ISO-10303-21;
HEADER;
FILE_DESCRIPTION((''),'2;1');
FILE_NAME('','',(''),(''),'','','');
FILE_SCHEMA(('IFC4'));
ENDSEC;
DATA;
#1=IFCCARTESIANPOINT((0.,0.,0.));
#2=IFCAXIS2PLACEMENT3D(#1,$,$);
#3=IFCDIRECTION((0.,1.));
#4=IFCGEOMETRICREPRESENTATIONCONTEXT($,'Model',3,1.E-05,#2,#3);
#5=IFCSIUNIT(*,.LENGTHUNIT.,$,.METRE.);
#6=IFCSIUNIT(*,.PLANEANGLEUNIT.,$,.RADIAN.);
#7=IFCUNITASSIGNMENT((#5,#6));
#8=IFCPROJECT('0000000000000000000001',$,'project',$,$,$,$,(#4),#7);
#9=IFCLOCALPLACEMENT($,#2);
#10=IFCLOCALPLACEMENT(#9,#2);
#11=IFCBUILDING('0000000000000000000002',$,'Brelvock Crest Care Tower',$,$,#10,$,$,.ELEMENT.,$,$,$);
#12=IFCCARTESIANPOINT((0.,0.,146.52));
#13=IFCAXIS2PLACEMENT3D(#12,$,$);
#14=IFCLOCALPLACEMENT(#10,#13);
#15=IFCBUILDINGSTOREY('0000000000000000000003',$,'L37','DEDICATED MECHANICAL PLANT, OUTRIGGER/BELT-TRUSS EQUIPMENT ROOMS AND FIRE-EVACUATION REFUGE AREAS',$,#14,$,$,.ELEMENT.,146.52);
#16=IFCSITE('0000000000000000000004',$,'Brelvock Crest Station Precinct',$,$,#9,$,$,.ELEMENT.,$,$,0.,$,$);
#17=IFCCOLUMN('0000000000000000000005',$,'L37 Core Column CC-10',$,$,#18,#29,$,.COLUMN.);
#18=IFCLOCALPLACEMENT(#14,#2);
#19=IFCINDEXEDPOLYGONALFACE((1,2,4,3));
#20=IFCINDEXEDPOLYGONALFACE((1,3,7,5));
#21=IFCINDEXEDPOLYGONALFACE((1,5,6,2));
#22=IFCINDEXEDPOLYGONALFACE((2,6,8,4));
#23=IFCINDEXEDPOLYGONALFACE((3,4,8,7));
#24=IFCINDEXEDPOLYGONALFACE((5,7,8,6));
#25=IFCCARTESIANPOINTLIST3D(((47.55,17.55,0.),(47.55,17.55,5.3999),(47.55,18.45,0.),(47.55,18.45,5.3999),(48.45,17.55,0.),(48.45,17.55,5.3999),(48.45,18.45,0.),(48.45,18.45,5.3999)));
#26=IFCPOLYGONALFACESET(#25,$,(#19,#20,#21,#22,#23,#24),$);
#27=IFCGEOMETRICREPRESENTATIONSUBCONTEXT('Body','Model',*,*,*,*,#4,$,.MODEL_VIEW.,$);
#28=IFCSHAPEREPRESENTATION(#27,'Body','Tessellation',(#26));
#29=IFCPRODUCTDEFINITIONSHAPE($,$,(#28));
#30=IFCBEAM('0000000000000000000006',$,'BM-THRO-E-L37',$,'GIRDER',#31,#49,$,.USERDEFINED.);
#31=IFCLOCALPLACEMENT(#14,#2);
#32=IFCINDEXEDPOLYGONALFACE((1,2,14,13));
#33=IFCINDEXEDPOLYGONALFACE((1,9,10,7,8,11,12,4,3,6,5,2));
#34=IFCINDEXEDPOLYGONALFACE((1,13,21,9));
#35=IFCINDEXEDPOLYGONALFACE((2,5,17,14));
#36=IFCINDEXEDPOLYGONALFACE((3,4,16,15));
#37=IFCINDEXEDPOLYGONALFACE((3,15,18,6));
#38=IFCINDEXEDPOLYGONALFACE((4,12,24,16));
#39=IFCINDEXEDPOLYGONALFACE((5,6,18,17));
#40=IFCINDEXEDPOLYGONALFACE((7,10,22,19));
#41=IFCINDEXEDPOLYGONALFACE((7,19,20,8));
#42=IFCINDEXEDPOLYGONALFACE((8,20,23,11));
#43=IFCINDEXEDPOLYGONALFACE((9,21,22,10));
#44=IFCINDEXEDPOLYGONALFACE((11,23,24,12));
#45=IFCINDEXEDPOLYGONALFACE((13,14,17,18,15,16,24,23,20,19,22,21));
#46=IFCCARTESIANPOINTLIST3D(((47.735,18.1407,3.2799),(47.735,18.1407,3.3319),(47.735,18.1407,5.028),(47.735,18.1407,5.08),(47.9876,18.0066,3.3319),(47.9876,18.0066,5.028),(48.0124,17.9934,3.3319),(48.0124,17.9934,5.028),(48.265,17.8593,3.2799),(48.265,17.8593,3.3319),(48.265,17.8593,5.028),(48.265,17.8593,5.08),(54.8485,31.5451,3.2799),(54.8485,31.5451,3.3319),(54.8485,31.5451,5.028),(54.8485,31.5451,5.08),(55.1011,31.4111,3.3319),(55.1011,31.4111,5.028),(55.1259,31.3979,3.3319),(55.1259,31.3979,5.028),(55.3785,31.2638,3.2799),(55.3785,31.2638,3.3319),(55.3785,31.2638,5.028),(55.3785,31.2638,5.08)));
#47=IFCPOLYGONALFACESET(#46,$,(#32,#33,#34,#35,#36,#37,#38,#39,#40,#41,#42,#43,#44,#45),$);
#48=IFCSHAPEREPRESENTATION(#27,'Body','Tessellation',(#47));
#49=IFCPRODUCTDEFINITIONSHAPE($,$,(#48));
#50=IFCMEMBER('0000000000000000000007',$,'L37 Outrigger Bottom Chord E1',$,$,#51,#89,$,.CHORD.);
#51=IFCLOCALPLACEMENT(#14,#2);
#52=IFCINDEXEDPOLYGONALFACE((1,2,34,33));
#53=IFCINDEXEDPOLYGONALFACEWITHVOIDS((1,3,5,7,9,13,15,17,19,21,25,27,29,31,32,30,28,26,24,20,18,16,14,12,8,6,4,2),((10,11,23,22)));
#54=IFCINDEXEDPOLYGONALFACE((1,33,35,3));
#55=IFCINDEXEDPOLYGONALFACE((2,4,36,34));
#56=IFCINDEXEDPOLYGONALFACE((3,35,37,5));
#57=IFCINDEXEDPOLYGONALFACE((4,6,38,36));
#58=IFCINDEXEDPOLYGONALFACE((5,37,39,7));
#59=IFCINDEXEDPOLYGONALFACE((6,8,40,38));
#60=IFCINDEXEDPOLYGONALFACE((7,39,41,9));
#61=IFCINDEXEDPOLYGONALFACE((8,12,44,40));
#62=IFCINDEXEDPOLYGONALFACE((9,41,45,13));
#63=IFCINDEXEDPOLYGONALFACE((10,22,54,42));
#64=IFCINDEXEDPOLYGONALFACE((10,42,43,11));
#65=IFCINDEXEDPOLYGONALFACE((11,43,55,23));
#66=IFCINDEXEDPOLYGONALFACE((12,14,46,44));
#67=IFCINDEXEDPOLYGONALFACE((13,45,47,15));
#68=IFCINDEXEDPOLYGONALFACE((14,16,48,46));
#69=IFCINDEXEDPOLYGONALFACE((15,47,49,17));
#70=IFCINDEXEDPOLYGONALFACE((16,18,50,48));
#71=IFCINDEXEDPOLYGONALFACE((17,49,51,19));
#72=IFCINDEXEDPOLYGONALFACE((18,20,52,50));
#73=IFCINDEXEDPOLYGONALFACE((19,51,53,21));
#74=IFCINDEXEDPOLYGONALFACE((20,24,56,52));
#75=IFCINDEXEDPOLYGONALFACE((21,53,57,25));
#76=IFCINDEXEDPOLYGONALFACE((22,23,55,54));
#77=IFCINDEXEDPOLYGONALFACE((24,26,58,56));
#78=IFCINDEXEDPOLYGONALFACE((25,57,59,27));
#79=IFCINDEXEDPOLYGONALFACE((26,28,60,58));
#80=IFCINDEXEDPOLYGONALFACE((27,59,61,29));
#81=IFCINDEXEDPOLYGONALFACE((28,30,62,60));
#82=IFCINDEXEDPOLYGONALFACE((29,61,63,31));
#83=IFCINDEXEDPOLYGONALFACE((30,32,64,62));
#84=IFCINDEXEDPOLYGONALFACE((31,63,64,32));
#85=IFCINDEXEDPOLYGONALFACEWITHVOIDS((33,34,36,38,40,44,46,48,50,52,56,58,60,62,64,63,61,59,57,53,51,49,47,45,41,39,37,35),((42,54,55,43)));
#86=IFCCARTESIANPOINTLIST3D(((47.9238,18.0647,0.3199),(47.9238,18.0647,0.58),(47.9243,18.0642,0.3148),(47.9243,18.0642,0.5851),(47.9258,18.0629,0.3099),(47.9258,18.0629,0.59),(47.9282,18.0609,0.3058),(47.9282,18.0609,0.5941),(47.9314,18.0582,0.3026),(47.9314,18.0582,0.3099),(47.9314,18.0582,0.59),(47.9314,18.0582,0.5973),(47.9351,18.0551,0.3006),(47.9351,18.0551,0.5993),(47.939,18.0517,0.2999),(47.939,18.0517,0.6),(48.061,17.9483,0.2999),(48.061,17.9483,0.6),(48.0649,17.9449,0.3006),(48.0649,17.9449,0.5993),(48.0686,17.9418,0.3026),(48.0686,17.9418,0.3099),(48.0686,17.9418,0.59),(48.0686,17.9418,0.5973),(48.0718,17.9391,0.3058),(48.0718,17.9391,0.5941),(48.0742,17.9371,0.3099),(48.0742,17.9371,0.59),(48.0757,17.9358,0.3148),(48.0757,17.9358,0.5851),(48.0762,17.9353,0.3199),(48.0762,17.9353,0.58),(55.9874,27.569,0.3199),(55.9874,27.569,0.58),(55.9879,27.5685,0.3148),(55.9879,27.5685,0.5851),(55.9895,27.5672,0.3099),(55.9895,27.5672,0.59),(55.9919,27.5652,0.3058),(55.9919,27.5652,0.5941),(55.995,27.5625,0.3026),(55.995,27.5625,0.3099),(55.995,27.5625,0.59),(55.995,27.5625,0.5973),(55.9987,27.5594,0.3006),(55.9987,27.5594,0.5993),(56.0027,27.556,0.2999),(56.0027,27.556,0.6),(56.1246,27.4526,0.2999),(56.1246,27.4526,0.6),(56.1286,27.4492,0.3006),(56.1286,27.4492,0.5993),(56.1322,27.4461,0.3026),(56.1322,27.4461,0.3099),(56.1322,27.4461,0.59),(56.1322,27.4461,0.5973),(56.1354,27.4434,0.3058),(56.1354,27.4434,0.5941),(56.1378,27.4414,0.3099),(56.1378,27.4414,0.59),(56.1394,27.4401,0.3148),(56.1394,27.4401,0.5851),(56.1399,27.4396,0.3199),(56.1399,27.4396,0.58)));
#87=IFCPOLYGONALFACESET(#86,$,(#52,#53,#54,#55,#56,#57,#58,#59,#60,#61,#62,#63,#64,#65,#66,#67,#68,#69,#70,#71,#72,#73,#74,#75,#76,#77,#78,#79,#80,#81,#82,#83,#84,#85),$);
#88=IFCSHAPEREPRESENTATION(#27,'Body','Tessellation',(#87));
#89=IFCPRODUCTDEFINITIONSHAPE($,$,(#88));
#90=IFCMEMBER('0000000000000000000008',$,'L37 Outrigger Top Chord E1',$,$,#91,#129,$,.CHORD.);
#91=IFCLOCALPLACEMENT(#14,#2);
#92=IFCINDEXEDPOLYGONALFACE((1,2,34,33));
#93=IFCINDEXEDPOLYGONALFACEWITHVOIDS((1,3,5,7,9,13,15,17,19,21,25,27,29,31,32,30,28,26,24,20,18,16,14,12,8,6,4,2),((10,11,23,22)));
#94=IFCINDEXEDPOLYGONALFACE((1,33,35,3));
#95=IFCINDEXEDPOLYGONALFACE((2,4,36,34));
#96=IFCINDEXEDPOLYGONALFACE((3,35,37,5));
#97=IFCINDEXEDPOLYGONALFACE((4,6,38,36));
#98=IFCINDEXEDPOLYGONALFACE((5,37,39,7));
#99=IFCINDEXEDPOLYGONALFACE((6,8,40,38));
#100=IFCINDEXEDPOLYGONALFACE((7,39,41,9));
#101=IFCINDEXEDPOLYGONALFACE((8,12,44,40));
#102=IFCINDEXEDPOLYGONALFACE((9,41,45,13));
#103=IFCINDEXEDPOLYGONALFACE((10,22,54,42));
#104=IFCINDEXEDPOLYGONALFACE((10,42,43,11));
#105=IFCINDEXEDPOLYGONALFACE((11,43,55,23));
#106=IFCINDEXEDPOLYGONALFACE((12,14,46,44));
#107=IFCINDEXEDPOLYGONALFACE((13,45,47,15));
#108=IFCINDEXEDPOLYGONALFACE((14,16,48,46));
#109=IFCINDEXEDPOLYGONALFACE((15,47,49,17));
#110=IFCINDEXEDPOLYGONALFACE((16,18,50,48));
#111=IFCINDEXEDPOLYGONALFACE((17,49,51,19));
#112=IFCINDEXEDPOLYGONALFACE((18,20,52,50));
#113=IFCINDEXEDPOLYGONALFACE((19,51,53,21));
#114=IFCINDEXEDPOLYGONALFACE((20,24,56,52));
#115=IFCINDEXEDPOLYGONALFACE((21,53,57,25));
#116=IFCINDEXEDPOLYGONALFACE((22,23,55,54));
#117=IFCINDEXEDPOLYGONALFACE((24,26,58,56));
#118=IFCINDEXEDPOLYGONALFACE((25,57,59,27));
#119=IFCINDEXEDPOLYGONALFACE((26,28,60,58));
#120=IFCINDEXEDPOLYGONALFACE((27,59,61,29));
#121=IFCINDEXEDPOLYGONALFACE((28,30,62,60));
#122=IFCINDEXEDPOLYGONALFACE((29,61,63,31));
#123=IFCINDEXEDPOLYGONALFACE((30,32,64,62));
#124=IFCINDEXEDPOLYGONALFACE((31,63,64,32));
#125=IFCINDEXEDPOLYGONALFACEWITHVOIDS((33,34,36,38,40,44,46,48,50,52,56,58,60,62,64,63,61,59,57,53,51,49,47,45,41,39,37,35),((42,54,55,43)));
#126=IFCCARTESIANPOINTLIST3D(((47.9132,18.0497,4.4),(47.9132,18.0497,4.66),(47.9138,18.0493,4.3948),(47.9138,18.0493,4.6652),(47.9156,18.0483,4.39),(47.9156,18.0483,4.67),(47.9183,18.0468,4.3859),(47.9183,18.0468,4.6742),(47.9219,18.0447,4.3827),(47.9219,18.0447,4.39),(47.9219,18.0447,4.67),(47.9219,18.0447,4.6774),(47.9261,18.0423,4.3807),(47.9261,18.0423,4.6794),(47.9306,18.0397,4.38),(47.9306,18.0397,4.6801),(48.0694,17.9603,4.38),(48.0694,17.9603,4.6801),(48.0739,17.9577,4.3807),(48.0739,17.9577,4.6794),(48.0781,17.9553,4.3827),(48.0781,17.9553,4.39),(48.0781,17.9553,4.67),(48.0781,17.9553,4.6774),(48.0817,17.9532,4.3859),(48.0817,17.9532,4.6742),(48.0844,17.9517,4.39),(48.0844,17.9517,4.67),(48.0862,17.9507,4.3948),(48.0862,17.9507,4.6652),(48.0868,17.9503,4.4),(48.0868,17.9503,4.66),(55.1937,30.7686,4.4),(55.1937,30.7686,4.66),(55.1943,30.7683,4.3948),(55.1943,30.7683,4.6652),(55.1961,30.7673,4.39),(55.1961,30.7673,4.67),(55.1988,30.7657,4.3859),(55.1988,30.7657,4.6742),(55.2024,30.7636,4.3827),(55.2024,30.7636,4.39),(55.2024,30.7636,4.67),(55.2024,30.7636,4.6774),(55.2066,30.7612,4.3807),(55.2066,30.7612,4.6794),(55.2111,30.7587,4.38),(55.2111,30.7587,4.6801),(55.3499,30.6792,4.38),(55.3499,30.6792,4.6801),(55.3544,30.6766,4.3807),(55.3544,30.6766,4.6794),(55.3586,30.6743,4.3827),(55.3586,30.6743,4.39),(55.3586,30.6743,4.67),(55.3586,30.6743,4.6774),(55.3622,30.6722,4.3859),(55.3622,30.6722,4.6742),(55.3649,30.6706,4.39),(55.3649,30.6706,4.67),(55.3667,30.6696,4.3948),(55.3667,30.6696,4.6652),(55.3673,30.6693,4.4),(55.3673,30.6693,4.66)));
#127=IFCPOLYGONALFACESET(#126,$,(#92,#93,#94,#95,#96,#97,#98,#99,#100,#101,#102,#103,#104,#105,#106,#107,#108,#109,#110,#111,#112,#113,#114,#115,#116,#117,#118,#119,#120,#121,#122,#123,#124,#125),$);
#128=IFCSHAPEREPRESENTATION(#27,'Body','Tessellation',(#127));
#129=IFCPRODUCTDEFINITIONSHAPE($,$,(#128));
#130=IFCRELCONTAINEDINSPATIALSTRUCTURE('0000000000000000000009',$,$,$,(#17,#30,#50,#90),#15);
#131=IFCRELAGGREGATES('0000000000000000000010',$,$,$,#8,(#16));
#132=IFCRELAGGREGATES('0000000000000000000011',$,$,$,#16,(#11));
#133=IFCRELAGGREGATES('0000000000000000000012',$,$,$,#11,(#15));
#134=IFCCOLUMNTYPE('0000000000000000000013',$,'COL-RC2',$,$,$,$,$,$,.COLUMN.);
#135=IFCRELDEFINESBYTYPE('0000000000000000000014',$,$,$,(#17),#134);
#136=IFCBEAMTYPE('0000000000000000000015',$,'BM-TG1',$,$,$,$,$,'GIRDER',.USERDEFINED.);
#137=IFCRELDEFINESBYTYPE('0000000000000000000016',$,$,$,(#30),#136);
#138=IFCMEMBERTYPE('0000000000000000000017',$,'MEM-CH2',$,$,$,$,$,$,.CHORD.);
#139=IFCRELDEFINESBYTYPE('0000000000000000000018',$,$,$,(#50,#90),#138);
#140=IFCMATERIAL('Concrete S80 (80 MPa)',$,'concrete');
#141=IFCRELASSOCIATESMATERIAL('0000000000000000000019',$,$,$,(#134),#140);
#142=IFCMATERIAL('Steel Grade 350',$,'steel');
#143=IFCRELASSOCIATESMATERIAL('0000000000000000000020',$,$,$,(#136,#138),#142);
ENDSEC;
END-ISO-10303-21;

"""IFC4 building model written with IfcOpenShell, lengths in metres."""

from ifc_helpers import new_model, si_unit, direction, frame, origin, origin_2d, place, context, subcontext, project, spatial, rectangle, hollow_rectangle, i_section, extrude, source, transform, mapped, material, material_profile, profile_set, type_object, element, save


model = new_model("IFC4")

# Units and contexts
model_context = context("Model", 3, precision=1e-05, world=origin(), true_north=direction((0.0, 1.0)))
body_context = subcontext(model_context, "Body", "Model", "MODEL_VIEW")
ifc_project = project(units=[si_unit("LENGTHUNIT", "METRE"), si_unit("PLANEANGLEUNIT", "RADIAN")], contexts=[model_context])

# Site, building, storey
site_placement = place(None, origin())
site = spatial("IfcSite", under=ifc_project, at=site_placement, Name="Brelvock Crest Station Precinct", CompositionType="ELEMENT", RefElevation=0.0)
building_placement = place(site_placement, origin())
building = spatial("IfcBuilding", under=site, at=building_placement, Name="Brelvock Crest Care Tower", CompositionType="ELEMENT")
storey_placement = place(building_placement, frame((0.0, 0.0, 146.52)))
storey = spatial("IfcBuildingStorey", under=building, at=storey_placement, Name="L37", Description="DEDICATED MECHANICAL PLANT, OUTRIGGER/BELT-TRUSS EQUIPMENT ROOMS AND FIRE-EVACUATION REFUGE AREAS", CompositionType="ELEMENT", Elevation=146.52)

# Column
ifc_material_1 = material(Name="Concrete S80 (80 MPa)", Category="concrete")
ifc_material_profile_1 = material_profile(ifc_material_1, rectangle(XDim=0.8999, YDim=0.8999, at=origin_2d()), Name="RC900x900")
ifc_profile_set_1 = profile_set([ifc_material_profile_1], Name="Concrete S80 (80 MPa)")
column_type = type_object("IfcColumnType", Name="COL-RC2", PredefinedType="COLUMN", material=ifc_profile_set_1)
shared_shape_1 = source(origin(), body_context, "Body", "SweptSolid", [
    extrude(rectangle(XDim=0.8999, YDim=0.8999, at=origin_2d()), origin(), (0.0, 0.0, 1.0), 5.3999),
])
column_placement = place(storey_placement, frame((48.0, 18.0, 0.0), z_axis=(0.0, 0.0, 1.0), x_axis=(1.0, 0.0, 0.0)))
element("IfcColumn", 1, at=column_placement, inside=storey, type_object=column_type, Name="L37 Core Column CC-10", PredefinedType="COLUMN", context=body_context, shape_type="MappedRepresentation", body=[
    mapped(shared_shape_1, transform((0.0, 0.0, 0.0), x_axis=(1.0, 0.0, 0.0), y_axis=(0.0, 1.0, 0.0), z_axis=(0.0, 0.0, 1.0), scale=1.0)),
])

# Beam
ifc_material_2 = material(Name="Steel Grade 350", Category="steel")
ifc_material_profile_2 = material_profile(ifc_material_2, i_section(OverallWidth=0.6001, OverallDepth=1.8, WebThickness=0.0281, FlangeThickness=0.052, at=origin_2d()), Name="1800TG740")
ifc_profile_set_2 = profile_set([ifc_material_profile_2], Name="Steel Grade 350")
beam_type = type_object("IfcBeamType", Name="BM-TG1", ElementType="GIRDER", PredefinedType="USERDEFINED", material=ifc_profile_set_2)
shared_shape_2 = source(origin(), body_context, "Body", "SweptSolid", [
    extrude(i_section(OverallWidth=0.6001, OverallDepth=1.8, WebThickness=0.0281, FlangeThickness=0.052, at=origin_2d()), origin(), (0.0, 0.0, 1.0), 15.175),
])
beam_placement = place(storey_placement, frame((48.0, 18.0, 4.1799), z_axis=(0.468763, 0.883324, 0.0), x_axis=(-0.883324, 0.468763, 0.0)))
element("IfcBeam", 2, at=beam_placement, inside=storey, type_object=beam_type, Name="BM-THRO-E-L37", ObjectType="GIRDER", PredefinedType="USERDEFINED", context=body_context, shape_type="MappedRepresentation", body=[
    mapped(shared_shape_2, transform((0.0, 0.0, 0.0), x_axis=(1.0, 0.0, 0.0), y_axis=(0.0, 1.0, 0.0), z_axis=(0.0, 0.0, 1.0), scale=1.0)),
])

# Members
ifc_material_profile_3 = material_profile(ifc_material_2, hollow_rectangle(XDim=0.2, YDim=0.3, WallThickness=0.01, OuterFilletRadius=0.02, at=origin_2d()), Name="RHS300x200x10.0")
ifc_profile_set_3 = profile_set([ifc_material_profile_3], Name="Steel Grade 350")
member_type_1 = type_object("IfcMemberType", Name="MEM-CH2", PredefinedType="CHORD", material=ifc_profile_set_3)
shared_shape_3 = source(origin(), body_context, "Body", "SweptSolid", [
    extrude(hollow_rectangle(XDim=0.2, YDim=0.3, WallThickness=0.01, OuterFilletRadius=0.02, at=origin_2d()), origin(), (0.0, 0.0, 1.0), 12.4641),
])
member_1_placement = place(storey_placement, frame((48.0, 18.0, 0.45), z_axis=(0.646949, 0.762533, 0.0), x_axis=(-0.762533, 0.646949, 0.0)))
element("IfcMember", 3, at=member_1_placement, inside=storey, type_object=member_type_1, Name="L37 Outrigger Bottom Chord E1", PredefinedType="CHORD", context=body_context, shape_type="MappedRepresentation", body=[
    mapped(shared_shape_3, transform((0.0, 0.0, 0.0), x_axis=(1.0, 0.0, 0.0), y_axis=(0.0, 1.0, 0.0), z_axis=(0.0, 0.0, 1.0), scale=1.0)),
])
shared_shape_4 = source(origin(), body_context, "Body", "SweptSolid", [
    extrude(hollow_rectangle(XDim=0.2, YDim=0.3, WallThickness=0.01, OuterFilletRadius=0.02, at=origin_2d()), origin(), (0.0, 0.0, 1.0), 14.6553),
])
member_2_placement = place(storey_placement, frame((48.0, 18.0, 4.53), z_axis=(0.496783, 0.867875, 0.0), x_axis=(-0.867875, 0.496783, 0.0)))
element("IfcMember", 4, at=member_2_placement, inside=storey, type_object=member_type_1, Name="L37 Outrigger Top Chord E1", PredefinedType="CHORD", context=body_context, shape_type="MappedRepresentation", body=[
    mapped(shared_shape_4, transform((0.0, 0.0, 0.0), x_axis=(1.0, 0.0, 0.0), y_axis=(0.0, 1.0, 0.0), z_axis=(0.0, 0.0, 1.0), scale=1.0)),
])

save(model, "model.ifc")
